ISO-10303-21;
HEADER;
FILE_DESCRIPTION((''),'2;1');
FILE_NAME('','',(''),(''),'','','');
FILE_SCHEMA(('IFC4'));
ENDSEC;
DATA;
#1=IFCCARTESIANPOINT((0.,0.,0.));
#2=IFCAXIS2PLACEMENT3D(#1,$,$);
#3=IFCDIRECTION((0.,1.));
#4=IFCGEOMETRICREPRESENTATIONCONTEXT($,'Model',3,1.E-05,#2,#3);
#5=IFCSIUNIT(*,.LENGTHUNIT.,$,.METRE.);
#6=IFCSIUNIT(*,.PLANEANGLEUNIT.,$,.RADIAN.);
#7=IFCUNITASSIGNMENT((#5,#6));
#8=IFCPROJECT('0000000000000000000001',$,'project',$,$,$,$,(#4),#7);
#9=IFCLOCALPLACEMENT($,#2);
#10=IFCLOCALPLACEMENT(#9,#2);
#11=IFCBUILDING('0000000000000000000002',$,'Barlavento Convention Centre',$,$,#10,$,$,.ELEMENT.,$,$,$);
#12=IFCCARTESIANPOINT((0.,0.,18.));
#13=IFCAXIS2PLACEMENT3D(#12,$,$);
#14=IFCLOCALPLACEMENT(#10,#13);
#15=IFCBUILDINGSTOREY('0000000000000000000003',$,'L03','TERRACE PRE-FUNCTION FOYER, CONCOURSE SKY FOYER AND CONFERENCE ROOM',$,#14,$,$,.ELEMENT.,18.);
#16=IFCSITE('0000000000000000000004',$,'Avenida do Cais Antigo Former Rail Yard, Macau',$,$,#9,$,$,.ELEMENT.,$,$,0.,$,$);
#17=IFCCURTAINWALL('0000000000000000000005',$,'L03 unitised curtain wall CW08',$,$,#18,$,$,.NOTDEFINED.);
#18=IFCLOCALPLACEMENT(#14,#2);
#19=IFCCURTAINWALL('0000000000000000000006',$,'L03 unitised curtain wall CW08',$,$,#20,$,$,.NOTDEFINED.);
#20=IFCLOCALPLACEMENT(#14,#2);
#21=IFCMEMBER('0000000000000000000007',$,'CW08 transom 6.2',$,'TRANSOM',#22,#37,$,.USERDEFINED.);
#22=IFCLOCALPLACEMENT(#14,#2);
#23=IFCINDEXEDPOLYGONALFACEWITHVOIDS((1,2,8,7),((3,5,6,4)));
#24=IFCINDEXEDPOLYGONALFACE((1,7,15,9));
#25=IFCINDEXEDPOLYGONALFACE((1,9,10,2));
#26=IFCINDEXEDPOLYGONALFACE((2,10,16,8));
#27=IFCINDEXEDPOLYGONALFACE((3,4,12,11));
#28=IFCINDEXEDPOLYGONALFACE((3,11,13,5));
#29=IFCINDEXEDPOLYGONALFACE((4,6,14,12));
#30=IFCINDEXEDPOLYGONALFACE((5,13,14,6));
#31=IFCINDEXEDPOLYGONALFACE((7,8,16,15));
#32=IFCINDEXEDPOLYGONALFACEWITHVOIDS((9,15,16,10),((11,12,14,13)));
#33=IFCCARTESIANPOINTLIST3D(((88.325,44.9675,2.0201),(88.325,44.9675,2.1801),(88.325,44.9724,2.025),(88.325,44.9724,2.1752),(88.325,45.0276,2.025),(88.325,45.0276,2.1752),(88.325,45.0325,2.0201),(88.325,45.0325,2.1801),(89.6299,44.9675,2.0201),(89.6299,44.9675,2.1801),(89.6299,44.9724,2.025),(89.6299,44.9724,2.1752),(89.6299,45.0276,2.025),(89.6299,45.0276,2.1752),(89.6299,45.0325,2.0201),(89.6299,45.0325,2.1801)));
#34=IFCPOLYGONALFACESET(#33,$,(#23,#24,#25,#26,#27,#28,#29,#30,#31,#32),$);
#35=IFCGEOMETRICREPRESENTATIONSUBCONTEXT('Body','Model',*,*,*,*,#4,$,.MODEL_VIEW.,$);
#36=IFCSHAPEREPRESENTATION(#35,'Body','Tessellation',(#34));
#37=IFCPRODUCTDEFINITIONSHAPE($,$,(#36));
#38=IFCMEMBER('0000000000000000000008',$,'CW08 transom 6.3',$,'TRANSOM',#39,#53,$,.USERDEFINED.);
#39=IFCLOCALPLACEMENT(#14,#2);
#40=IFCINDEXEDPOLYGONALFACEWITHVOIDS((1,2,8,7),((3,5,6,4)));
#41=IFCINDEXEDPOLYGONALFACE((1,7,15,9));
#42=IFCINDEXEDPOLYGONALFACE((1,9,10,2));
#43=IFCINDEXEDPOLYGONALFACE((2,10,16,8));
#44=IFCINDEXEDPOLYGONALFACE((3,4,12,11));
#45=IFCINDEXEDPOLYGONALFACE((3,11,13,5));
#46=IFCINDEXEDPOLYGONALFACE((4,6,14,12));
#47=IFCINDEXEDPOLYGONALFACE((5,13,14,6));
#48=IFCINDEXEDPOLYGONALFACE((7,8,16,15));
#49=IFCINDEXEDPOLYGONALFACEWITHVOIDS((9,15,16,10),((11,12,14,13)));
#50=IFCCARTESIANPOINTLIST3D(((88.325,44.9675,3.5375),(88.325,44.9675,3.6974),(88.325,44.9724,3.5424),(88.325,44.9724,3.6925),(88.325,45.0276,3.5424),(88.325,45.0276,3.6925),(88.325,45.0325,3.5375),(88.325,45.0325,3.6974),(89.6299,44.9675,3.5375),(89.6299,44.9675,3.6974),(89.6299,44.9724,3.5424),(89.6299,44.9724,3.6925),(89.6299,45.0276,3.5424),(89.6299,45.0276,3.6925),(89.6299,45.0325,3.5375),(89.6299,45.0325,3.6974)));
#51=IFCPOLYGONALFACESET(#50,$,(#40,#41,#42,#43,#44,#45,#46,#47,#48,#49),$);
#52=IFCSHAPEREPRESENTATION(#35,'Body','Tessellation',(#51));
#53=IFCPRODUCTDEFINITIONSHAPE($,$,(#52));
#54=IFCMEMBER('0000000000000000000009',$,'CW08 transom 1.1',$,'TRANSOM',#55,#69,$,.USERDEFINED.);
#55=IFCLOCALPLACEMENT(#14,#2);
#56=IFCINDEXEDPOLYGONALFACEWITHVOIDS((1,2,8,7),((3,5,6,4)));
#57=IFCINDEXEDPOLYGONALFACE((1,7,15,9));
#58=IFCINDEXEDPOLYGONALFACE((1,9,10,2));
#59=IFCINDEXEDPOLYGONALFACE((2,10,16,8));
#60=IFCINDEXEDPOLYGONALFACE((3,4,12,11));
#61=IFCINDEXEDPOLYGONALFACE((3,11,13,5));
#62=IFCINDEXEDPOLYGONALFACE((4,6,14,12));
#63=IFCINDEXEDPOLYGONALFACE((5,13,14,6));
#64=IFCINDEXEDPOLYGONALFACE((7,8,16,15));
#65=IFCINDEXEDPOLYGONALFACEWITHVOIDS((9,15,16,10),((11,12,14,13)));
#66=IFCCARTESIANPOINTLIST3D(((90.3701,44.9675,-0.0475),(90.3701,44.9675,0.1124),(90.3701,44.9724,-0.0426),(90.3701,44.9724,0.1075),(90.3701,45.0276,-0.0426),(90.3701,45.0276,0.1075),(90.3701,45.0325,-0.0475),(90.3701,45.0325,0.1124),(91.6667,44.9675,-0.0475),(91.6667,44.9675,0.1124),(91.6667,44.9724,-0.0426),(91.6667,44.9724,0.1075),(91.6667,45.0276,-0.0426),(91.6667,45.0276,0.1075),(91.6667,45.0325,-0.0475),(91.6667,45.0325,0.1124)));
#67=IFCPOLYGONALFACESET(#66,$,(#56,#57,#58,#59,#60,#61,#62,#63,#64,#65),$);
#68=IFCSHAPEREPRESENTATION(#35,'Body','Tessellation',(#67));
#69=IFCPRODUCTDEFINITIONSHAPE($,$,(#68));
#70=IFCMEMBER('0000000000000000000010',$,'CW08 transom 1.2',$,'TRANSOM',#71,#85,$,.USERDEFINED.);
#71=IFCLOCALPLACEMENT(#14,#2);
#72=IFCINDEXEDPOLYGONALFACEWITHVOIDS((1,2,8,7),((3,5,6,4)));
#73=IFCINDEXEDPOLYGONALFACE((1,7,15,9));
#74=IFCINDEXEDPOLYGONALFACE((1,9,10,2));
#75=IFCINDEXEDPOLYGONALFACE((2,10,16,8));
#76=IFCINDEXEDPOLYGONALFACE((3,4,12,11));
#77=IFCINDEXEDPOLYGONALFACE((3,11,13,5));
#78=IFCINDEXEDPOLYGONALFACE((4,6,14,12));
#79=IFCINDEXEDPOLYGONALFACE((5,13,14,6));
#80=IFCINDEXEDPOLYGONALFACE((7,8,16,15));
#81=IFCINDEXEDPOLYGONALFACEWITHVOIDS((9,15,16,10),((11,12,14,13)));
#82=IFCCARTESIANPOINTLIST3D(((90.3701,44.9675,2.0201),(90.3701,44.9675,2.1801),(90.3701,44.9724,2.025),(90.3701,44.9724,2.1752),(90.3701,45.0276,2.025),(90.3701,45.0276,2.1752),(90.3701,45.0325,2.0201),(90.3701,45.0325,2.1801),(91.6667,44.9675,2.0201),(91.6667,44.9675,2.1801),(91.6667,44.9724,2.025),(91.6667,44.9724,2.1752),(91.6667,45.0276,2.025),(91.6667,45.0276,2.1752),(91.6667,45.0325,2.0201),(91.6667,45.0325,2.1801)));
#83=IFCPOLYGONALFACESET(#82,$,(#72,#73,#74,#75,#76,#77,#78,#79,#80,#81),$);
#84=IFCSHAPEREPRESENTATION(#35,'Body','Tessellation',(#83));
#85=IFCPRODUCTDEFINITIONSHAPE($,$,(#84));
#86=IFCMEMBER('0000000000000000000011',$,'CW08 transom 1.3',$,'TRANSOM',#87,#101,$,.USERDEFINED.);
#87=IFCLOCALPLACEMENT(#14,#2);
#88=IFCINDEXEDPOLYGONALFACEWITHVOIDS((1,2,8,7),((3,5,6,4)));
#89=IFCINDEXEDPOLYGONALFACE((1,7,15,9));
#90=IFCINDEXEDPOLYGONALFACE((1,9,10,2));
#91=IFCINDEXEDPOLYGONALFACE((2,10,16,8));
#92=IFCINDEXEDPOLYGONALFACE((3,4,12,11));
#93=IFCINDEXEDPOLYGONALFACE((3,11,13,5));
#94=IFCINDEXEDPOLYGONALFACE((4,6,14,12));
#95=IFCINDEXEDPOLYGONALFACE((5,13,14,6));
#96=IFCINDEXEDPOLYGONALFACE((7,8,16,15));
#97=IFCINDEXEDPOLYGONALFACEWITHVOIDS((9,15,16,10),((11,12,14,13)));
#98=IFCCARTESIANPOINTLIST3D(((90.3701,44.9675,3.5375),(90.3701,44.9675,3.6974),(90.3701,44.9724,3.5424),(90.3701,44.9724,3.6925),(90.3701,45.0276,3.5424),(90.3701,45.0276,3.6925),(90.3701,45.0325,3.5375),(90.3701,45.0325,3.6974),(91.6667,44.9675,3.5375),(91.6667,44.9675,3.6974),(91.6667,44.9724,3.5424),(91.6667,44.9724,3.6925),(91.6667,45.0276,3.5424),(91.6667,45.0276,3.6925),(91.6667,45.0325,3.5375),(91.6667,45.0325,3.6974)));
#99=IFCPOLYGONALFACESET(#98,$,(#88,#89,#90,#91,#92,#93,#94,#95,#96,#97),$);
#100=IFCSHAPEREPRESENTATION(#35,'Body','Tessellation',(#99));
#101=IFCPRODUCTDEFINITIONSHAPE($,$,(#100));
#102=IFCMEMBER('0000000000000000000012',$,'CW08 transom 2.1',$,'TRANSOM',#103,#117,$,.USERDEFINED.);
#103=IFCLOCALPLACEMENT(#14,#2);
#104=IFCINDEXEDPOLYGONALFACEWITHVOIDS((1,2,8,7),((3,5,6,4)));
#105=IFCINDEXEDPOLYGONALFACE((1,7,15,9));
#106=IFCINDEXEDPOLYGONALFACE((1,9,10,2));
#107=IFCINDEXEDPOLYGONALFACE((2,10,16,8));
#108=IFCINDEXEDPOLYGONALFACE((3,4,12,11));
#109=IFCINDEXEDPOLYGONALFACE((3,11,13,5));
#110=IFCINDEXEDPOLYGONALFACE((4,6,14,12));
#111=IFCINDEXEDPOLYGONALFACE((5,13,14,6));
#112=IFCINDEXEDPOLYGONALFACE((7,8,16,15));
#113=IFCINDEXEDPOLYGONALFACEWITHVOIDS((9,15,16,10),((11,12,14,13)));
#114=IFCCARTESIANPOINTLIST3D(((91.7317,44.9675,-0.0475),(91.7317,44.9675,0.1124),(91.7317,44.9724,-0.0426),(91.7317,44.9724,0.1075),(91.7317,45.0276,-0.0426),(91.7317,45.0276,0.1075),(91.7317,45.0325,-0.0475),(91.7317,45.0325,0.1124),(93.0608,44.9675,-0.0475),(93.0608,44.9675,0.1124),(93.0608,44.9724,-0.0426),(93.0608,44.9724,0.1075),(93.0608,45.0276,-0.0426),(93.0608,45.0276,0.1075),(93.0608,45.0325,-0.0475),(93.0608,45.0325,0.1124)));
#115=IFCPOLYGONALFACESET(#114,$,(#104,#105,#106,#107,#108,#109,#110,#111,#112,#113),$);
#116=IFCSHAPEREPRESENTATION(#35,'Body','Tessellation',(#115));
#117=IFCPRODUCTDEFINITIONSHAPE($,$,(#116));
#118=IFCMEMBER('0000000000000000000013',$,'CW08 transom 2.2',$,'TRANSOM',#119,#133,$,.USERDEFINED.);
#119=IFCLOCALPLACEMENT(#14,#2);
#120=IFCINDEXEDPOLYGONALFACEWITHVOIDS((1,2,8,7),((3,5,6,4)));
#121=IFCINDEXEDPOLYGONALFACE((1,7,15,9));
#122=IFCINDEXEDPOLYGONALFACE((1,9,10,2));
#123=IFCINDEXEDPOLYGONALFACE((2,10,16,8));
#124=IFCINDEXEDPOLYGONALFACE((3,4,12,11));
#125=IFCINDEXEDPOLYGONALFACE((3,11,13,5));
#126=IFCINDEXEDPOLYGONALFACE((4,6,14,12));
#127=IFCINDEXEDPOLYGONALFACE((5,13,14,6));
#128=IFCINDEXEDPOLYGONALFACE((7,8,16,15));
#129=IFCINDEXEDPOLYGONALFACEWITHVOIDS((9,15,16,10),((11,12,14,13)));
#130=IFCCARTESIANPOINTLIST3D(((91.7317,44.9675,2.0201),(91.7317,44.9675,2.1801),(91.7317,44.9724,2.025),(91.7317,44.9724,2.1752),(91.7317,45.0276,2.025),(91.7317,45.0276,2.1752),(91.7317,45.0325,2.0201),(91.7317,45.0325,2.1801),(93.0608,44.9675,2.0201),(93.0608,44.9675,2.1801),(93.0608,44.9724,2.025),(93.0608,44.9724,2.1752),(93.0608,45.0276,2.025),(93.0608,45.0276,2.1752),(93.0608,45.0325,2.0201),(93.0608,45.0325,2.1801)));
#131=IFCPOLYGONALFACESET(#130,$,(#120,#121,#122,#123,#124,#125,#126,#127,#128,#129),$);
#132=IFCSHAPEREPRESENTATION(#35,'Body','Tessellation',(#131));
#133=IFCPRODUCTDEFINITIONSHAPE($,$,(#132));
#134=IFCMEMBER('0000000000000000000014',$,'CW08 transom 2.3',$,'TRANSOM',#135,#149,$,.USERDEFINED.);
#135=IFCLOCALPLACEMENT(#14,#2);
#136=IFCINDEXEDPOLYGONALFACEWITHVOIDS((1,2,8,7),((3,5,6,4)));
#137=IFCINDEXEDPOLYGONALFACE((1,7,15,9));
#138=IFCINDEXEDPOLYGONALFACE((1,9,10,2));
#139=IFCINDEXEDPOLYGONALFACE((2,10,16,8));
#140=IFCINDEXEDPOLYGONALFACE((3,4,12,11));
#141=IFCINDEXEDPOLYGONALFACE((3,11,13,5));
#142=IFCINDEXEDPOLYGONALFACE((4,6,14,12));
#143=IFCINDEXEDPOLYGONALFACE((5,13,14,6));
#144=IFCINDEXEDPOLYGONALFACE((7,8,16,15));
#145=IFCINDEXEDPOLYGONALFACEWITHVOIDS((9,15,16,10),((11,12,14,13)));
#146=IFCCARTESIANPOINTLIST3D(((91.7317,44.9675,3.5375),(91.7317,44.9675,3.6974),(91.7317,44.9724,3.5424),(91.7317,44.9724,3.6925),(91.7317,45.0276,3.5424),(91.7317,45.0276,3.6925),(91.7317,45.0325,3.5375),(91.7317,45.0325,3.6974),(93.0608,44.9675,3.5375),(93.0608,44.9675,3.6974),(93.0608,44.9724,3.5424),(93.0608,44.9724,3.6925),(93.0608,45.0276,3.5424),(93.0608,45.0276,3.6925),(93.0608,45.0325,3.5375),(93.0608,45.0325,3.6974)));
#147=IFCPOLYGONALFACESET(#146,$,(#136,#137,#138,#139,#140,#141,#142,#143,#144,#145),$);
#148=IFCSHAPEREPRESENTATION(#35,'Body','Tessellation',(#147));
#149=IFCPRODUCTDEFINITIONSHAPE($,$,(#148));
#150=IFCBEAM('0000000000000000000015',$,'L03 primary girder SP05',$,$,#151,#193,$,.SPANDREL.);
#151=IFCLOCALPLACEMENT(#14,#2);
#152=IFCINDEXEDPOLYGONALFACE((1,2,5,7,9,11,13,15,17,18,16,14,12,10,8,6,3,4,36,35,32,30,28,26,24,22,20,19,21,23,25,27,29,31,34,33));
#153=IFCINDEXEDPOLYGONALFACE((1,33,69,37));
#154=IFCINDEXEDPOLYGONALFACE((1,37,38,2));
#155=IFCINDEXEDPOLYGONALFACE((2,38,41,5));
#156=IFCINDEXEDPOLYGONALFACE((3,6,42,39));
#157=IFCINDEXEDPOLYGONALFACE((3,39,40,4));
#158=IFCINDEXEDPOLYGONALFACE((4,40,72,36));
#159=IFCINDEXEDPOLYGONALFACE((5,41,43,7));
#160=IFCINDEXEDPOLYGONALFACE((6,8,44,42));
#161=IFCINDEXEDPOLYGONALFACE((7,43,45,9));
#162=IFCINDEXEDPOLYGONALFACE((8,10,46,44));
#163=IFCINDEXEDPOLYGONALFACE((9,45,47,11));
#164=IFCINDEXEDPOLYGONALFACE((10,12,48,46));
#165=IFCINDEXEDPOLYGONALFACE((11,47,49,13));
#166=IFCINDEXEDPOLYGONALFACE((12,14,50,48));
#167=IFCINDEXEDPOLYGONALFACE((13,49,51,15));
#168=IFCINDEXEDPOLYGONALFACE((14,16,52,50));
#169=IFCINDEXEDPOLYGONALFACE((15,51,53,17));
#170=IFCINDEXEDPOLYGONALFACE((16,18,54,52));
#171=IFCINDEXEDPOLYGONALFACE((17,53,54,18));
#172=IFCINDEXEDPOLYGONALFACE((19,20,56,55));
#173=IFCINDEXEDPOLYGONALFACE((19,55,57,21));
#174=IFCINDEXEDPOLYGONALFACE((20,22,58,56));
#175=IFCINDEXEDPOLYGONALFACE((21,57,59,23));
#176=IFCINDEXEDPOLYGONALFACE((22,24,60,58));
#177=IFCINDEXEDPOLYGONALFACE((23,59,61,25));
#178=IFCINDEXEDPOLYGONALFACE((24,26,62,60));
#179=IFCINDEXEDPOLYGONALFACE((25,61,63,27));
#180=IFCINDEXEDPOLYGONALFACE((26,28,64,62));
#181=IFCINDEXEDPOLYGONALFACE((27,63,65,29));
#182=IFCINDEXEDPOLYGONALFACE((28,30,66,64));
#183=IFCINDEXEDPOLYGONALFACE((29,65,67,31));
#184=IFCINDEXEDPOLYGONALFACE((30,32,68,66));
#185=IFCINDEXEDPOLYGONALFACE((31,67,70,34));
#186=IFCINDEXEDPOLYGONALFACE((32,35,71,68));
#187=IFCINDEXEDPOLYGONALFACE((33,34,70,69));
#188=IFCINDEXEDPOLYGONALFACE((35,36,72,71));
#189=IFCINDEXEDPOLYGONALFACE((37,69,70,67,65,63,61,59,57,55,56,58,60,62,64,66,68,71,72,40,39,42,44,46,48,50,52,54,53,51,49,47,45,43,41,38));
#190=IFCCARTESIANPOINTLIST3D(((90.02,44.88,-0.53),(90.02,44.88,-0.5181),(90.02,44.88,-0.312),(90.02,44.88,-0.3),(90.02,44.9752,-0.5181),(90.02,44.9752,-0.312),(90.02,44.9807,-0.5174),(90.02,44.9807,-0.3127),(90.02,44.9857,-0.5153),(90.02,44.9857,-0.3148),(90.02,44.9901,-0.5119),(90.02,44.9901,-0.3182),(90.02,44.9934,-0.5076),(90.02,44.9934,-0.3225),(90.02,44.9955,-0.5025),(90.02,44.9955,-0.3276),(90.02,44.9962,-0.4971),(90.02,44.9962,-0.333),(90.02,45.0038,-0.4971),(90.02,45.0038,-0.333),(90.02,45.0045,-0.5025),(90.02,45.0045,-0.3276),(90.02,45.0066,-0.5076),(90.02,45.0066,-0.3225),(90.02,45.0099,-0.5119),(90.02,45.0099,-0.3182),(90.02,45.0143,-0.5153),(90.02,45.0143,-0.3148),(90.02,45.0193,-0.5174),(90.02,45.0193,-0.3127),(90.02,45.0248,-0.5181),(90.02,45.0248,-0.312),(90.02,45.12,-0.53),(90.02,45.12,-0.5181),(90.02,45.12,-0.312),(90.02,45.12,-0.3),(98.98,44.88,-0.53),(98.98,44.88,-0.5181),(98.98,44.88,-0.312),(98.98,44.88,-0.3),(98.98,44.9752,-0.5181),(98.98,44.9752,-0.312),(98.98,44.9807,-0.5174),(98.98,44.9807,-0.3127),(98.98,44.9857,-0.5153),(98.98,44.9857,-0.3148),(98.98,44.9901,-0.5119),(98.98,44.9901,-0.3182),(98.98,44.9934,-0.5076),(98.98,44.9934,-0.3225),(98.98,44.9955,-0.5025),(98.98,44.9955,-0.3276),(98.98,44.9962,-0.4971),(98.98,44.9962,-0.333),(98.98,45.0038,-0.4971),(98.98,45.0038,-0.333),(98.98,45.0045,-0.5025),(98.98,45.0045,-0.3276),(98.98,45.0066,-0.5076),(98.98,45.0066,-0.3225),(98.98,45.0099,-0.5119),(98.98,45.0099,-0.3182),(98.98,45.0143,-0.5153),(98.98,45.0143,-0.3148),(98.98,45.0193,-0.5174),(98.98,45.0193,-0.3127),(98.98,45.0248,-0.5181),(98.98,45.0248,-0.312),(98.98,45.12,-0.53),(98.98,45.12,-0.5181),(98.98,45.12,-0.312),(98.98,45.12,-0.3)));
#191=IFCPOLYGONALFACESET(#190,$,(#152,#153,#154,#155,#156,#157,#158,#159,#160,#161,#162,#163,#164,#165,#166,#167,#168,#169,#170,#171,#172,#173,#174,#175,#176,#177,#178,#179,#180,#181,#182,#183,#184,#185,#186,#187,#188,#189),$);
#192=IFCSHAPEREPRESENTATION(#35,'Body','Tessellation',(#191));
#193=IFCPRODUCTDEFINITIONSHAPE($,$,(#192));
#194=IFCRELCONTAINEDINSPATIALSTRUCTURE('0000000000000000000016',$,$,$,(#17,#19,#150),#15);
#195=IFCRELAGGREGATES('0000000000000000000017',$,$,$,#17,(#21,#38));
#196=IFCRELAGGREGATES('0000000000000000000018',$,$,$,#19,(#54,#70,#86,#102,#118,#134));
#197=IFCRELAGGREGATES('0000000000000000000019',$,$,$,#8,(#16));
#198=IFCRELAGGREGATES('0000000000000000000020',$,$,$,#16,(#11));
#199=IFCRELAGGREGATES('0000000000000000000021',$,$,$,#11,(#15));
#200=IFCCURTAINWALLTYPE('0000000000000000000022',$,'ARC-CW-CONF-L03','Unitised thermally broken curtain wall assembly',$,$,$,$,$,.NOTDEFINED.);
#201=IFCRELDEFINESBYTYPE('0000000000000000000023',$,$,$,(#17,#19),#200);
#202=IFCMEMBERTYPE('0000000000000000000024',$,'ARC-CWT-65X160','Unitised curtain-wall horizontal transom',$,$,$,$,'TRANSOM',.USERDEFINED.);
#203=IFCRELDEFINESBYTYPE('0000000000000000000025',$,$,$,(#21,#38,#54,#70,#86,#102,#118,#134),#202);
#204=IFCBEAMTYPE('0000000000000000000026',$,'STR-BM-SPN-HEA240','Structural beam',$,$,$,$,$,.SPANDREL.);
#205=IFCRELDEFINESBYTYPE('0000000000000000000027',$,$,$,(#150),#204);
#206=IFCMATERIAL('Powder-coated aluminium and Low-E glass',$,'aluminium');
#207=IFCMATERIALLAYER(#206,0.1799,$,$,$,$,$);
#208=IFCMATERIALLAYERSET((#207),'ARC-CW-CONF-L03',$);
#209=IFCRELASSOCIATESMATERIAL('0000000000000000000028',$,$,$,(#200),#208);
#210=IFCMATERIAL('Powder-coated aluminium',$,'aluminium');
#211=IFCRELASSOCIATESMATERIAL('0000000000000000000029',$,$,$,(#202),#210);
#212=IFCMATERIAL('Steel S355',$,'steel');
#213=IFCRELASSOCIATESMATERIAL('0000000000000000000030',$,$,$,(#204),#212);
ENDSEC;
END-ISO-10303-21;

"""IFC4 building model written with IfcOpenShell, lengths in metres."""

from ifc_helpers import new_model, si_unit, direction, frame, origin, origin_2d, place, context, subcontext, project, spatial, hollow_rectangle, i_section, extrude, material, layer, layer_set, material_profile, profile_set, type_object, element, aggregate, save


model = new_model("IFC4")

# Units and contexts
model_context = context("Model", 3, precision=1e-05, world=origin(), true_north=direction((0.0, 1.0)))
body_context = subcontext(model_context, "Body", "Model", "MODEL_VIEW")
ifc_project = project(units=[si_unit("LENGTHUNIT", "METRE"), si_unit("PLANEANGLEUNIT", "RADIAN")], contexts=[model_context])

# Site, building, storey
site_placement = place(None, origin())
site = spatial("IfcSite", under=ifc_project, at=site_placement, Name="Avenida do Cais Antigo Former Rail Yard, Macau", CompositionType="ELEMENT", RefElevation=0.0)
building_placement = place(site_placement, origin())
building = spatial("IfcBuilding", under=site, at=building_placement, Name="Barlavento Convention Centre", CompositionType="ELEMENT")
storey_placement = place(building_placement, frame((0.0, 0.0, 18.0)))
storey = spatial("IfcBuildingStorey", under=building, at=storey_placement, Name="L03", Description="TERRACE PRE-FUNCTION FOYER, CONCOURSE SKY FOYER AND CONFERENCE ROOM", CompositionType="ELEMENT", Elevation=18.0)

# Shared definitions
ifc_material_1 = material(Name="Steel S355", Category="steel")

# Curtain walls
ifc_material_2 = material(Name="Powder-coated aluminium and Low-E glass", Category="aluminium")
ifc_layer_1 = layer(ifc_material_2, 0.1799)
ifc_layer_set_1 = layer_set([ifc_layer_1], Name="ARC-CW-CONF-L03")
curtain_wall_type = type_object("IfcCurtainWallType", Name="ARC-CW-CONF-L03", Description="Unitised thermally broken curtain wall assembly", PredefinedType="NOTDEFINED", material=ifc_layer_set_1)
curtain_wall_1_placement = place(storey_placement, origin())
curtain_wall_1 = element("IfcCurtainWall", 1, at=curtain_wall_1_placement, inside=storey, type_object=curtain_wall_type, Name="L03 unitised curtain wall CW08", PredefinedType="NOTDEFINED")
ifc_material_3 = material(Name="Powder-coated aluminium", Category="aluminium")
curtain_wall_2_placement = place(storey_placement, origin())
curtain_wall_2 = element("IfcCurtainWall", 2, at=curtain_wall_2_placement, inside=storey, type_object=curtain_wall_type, Name="L03 unitised curtain wall CW08", PredefinedType="NOTDEFINED")

# Members
ifc_material_profile_1 = material_profile(ifc_material_3, hollow_rectangle(XDim=0.0649, YDim=0.1599, WallThickness=0.0049, at=origin_2d()), Name="AL-TRAN 65x160x5")
ifc_profile_set_1 = profile_set([ifc_material_profile_1], Name="Powder-coated aluminium")
member_type_1 = type_object("IfcMemberType", Name="ARC-CWT-65X160", Description="Unitised curtain-wall horizontal transom", ElementType="TRANSOM", PredefinedType="USERDEFINED", material=ifc_profile_set_1)
member_1_placement = place(storey_placement, frame((88.325, 45.0, 2.1001), z_axis=(1.0, 0.0, 0.0), x_axis=(0.0, 1.0, 0.0)))
member_1 = element("IfcMember", 3, at=member_1_placement, type_object=member_type_1, Name="CW08 transom 6.2", ObjectType="TRANSOM", PredefinedType="USERDEFINED", context=body_context, shape_type="SweptSolid", body=[
    extrude(hollow_rectangle(XDim=0.0649, YDim=0.1599, WallThickness=0.0049, at=origin_2d()), origin(), (0.0, 0.0, 1.0), 1.3049),
])
member_2_placement = place(storey_placement, frame((88.325, 45.0, 3.6174), z_axis=(1.0, 0.0, 0.0), x_axis=(0.0, 1.0, 0.0)))
member_2 = element("IfcMember", 4, at=member_2_placement, type_object=member_type_1, Name="CW08 transom 6.3", ObjectType="TRANSOM", PredefinedType="USERDEFINED", context=body_context, shape_type="SweptSolid", body=[
    extrude(hollow_rectangle(XDim=0.0649, YDim=0.1599, WallThickness=0.0049, at=origin_2d()), origin(), (0.0, 0.0, 1.0), 1.3049),
])
member_3_placement = place(storey_placement, frame((90.3701, 45.0, 0.0325), z_axis=(1.0, 0.0, 0.0), x_axis=(0.0, 1.0, 0.0)))
member_3 = element("IfcMember", 5, at=member_3_placement, type_object=member_type_1, Name="CW08 transom 1.1", ObjectType="TRANSOM", PredefinedType="USERDEFINED", context=body_context, shape_type="SweptSolid", body=[
    extrude(hollow_rectangle(XDim=0.0649, YDim=0.1599, WallThickness=0.0049, at=origin_2d()), origin(), (0.0, 0.0, 1.0), 1.2966),
])
member_4_placement = place(storey_placement, frame((90.3701, 45.0, 2.1001), z_axis=(1.0, 0.0, 0.0), x_axis=(0.0, 1.0, 0.0)))
member_4 = element("IfcMember", 6, at=member_4_placement, type_object=member_type_1, Name="CW08 transom 1.2", ObjectType="TRANSOM", PredefinedType="USERDEFINED", context=body_context, shape_type="SweptSolid", body=[
    extrude(hollow_rectangle(XDim=0.0649, YDim=0.1599, WallThickness=0.0049, at=origin_2d()), origin(), (0.0, 0.0, 1.0), 1.2966),
])
member_5_placement = place(storey_placement, frame((90.3701, 45.0, 3.6174), z_axis=(1.0, 0.0, 0.0), x_axis=(0.0, 1.0, 0.0)))
member_5 = element("IfcMember", 7, at=member_5_placement, type_object=member_type_1, Name="CW08 transom 1.3", ObjectType="TRANSOM", PredefinedType="USERDEFINED", context=body_context, shape_type="SweptSolid", body=[
    extrude(hollow_rectangle(XDim=0.0649, YDim=0.1599, WallThickness=0.0049, at=origin_2d()), origin(), (0.0, 0.0, 1.0), 1.2966),
])
member_6_placement = place(storey_placement, frame((91.7317, 45.0, 0.0325), z_axis=(1.0, 0.0, 0.0), x_axis=(0.0, 1.0, 0.0)))
member_6 = element("IfcMember", 8, at=member_6_placement, type_object=member_type_1, Name="CW08 transom 2.1", ObjectType="TRANSOM", PredefinedType="USERDEFINED", context=body_context, shape_type="SweptSolid", body=[
    extrude(hollow_rectangle(XDim=0.0649, YDim=0.1599, WallThickness=0.0049, at=origin_2d()), origin(), (0.0, 0.0, 1.0), 1.3291),
])
member_7_placement = place(storey_placement, frame((91.7317, 45.0, 2.1001), z_axis=(1.0, 0.0, 0.0), x_axis=(0.0, 1.0, 0.0)))
member_7 = element("IfcMember", 9, at=member_7_placement, type_object=member_type_1, Name="CW08 transom 2.2", ObjectType="TRANSOM", PredefinedType="USERDEFINED", context=body_context, shape_type="SweptSolid", body=[
    extrude(hollow_rectangle(XDim=0.0649, YDim=0.1599, WallThickness=0.0049, at=origin_2d()), origin(), (0.0, 0.0, 1.0), 1.3291),
])
member_8_placement = place(storey_placement, frame((91.7317, 45.0, 3.6174), z_axis=(1.0, 0.0, 0.0), x_axis=(0.0, 1.0, 0.0)))
member_8 = element("IfcMember", 10, at=member_8_placement, type_object=member_type_1, Name="CW08 transom 2.3", ObjectType="TRANSOM", PredefinedType="USERDEFINED", context=body_context, shape_type="SweptSolid", body=[
    extrude(hollow_rectangle(XDim=0.0649, YDim=0.1599, WallThickness=0.0049, at=origin_2d()), origin(), (0.0, 0.0, 1.0), 1.3291),
])

# Beam
ifc_material_profile_2 = material_profile(ifc_material_1, i_section(OverallWidth=0.24, OverallDepth=0.23, WebThickness=0.0076, FlangeThickness=0.012, FilletRadius=0.021, at=origin_2d()), Name="HEA 240")
ifc_profile_set_2 = profile_set([ifc_material_profile_2], Name="Steel S355")
beam_type = type_object("IfcBeamType", Name="STR-BM-SPN-HEA240", Description="Structural beam", PredefinedType="SPANDREL", material=ifc_profile_set_2)
beam_placement = place(storey_placement, frame((90.02, 45.0, -0.415), z_axis=(1.0, 0.0, 0.0), x_axis=(0.0, 1.0, 0.0)))
element("IfcBeam", 11, at=beam_placement, inside=storey, type_object=beam_type, Name="L03 primary girder SP05", PredefinedType="SPANDREL", context=body_context, shape_type="SweptSolid", body=[
    extrude(i_section(OverallWidth=0.24, OverallDepth=0.23, WebThickness=0.0076, FlangeThickness=0.012, FilletRadius=0.021, at=origin_2d()), origin(), (0.0, 0.0, 1.0), 8.96),
])

aggregate(curtain_wall_1, [member_1, member_2])
aggregate(curtain_wall_2, [member_3, member_4, member_5, member_6, member_7, member_8])

save(model, "model.ifc")
